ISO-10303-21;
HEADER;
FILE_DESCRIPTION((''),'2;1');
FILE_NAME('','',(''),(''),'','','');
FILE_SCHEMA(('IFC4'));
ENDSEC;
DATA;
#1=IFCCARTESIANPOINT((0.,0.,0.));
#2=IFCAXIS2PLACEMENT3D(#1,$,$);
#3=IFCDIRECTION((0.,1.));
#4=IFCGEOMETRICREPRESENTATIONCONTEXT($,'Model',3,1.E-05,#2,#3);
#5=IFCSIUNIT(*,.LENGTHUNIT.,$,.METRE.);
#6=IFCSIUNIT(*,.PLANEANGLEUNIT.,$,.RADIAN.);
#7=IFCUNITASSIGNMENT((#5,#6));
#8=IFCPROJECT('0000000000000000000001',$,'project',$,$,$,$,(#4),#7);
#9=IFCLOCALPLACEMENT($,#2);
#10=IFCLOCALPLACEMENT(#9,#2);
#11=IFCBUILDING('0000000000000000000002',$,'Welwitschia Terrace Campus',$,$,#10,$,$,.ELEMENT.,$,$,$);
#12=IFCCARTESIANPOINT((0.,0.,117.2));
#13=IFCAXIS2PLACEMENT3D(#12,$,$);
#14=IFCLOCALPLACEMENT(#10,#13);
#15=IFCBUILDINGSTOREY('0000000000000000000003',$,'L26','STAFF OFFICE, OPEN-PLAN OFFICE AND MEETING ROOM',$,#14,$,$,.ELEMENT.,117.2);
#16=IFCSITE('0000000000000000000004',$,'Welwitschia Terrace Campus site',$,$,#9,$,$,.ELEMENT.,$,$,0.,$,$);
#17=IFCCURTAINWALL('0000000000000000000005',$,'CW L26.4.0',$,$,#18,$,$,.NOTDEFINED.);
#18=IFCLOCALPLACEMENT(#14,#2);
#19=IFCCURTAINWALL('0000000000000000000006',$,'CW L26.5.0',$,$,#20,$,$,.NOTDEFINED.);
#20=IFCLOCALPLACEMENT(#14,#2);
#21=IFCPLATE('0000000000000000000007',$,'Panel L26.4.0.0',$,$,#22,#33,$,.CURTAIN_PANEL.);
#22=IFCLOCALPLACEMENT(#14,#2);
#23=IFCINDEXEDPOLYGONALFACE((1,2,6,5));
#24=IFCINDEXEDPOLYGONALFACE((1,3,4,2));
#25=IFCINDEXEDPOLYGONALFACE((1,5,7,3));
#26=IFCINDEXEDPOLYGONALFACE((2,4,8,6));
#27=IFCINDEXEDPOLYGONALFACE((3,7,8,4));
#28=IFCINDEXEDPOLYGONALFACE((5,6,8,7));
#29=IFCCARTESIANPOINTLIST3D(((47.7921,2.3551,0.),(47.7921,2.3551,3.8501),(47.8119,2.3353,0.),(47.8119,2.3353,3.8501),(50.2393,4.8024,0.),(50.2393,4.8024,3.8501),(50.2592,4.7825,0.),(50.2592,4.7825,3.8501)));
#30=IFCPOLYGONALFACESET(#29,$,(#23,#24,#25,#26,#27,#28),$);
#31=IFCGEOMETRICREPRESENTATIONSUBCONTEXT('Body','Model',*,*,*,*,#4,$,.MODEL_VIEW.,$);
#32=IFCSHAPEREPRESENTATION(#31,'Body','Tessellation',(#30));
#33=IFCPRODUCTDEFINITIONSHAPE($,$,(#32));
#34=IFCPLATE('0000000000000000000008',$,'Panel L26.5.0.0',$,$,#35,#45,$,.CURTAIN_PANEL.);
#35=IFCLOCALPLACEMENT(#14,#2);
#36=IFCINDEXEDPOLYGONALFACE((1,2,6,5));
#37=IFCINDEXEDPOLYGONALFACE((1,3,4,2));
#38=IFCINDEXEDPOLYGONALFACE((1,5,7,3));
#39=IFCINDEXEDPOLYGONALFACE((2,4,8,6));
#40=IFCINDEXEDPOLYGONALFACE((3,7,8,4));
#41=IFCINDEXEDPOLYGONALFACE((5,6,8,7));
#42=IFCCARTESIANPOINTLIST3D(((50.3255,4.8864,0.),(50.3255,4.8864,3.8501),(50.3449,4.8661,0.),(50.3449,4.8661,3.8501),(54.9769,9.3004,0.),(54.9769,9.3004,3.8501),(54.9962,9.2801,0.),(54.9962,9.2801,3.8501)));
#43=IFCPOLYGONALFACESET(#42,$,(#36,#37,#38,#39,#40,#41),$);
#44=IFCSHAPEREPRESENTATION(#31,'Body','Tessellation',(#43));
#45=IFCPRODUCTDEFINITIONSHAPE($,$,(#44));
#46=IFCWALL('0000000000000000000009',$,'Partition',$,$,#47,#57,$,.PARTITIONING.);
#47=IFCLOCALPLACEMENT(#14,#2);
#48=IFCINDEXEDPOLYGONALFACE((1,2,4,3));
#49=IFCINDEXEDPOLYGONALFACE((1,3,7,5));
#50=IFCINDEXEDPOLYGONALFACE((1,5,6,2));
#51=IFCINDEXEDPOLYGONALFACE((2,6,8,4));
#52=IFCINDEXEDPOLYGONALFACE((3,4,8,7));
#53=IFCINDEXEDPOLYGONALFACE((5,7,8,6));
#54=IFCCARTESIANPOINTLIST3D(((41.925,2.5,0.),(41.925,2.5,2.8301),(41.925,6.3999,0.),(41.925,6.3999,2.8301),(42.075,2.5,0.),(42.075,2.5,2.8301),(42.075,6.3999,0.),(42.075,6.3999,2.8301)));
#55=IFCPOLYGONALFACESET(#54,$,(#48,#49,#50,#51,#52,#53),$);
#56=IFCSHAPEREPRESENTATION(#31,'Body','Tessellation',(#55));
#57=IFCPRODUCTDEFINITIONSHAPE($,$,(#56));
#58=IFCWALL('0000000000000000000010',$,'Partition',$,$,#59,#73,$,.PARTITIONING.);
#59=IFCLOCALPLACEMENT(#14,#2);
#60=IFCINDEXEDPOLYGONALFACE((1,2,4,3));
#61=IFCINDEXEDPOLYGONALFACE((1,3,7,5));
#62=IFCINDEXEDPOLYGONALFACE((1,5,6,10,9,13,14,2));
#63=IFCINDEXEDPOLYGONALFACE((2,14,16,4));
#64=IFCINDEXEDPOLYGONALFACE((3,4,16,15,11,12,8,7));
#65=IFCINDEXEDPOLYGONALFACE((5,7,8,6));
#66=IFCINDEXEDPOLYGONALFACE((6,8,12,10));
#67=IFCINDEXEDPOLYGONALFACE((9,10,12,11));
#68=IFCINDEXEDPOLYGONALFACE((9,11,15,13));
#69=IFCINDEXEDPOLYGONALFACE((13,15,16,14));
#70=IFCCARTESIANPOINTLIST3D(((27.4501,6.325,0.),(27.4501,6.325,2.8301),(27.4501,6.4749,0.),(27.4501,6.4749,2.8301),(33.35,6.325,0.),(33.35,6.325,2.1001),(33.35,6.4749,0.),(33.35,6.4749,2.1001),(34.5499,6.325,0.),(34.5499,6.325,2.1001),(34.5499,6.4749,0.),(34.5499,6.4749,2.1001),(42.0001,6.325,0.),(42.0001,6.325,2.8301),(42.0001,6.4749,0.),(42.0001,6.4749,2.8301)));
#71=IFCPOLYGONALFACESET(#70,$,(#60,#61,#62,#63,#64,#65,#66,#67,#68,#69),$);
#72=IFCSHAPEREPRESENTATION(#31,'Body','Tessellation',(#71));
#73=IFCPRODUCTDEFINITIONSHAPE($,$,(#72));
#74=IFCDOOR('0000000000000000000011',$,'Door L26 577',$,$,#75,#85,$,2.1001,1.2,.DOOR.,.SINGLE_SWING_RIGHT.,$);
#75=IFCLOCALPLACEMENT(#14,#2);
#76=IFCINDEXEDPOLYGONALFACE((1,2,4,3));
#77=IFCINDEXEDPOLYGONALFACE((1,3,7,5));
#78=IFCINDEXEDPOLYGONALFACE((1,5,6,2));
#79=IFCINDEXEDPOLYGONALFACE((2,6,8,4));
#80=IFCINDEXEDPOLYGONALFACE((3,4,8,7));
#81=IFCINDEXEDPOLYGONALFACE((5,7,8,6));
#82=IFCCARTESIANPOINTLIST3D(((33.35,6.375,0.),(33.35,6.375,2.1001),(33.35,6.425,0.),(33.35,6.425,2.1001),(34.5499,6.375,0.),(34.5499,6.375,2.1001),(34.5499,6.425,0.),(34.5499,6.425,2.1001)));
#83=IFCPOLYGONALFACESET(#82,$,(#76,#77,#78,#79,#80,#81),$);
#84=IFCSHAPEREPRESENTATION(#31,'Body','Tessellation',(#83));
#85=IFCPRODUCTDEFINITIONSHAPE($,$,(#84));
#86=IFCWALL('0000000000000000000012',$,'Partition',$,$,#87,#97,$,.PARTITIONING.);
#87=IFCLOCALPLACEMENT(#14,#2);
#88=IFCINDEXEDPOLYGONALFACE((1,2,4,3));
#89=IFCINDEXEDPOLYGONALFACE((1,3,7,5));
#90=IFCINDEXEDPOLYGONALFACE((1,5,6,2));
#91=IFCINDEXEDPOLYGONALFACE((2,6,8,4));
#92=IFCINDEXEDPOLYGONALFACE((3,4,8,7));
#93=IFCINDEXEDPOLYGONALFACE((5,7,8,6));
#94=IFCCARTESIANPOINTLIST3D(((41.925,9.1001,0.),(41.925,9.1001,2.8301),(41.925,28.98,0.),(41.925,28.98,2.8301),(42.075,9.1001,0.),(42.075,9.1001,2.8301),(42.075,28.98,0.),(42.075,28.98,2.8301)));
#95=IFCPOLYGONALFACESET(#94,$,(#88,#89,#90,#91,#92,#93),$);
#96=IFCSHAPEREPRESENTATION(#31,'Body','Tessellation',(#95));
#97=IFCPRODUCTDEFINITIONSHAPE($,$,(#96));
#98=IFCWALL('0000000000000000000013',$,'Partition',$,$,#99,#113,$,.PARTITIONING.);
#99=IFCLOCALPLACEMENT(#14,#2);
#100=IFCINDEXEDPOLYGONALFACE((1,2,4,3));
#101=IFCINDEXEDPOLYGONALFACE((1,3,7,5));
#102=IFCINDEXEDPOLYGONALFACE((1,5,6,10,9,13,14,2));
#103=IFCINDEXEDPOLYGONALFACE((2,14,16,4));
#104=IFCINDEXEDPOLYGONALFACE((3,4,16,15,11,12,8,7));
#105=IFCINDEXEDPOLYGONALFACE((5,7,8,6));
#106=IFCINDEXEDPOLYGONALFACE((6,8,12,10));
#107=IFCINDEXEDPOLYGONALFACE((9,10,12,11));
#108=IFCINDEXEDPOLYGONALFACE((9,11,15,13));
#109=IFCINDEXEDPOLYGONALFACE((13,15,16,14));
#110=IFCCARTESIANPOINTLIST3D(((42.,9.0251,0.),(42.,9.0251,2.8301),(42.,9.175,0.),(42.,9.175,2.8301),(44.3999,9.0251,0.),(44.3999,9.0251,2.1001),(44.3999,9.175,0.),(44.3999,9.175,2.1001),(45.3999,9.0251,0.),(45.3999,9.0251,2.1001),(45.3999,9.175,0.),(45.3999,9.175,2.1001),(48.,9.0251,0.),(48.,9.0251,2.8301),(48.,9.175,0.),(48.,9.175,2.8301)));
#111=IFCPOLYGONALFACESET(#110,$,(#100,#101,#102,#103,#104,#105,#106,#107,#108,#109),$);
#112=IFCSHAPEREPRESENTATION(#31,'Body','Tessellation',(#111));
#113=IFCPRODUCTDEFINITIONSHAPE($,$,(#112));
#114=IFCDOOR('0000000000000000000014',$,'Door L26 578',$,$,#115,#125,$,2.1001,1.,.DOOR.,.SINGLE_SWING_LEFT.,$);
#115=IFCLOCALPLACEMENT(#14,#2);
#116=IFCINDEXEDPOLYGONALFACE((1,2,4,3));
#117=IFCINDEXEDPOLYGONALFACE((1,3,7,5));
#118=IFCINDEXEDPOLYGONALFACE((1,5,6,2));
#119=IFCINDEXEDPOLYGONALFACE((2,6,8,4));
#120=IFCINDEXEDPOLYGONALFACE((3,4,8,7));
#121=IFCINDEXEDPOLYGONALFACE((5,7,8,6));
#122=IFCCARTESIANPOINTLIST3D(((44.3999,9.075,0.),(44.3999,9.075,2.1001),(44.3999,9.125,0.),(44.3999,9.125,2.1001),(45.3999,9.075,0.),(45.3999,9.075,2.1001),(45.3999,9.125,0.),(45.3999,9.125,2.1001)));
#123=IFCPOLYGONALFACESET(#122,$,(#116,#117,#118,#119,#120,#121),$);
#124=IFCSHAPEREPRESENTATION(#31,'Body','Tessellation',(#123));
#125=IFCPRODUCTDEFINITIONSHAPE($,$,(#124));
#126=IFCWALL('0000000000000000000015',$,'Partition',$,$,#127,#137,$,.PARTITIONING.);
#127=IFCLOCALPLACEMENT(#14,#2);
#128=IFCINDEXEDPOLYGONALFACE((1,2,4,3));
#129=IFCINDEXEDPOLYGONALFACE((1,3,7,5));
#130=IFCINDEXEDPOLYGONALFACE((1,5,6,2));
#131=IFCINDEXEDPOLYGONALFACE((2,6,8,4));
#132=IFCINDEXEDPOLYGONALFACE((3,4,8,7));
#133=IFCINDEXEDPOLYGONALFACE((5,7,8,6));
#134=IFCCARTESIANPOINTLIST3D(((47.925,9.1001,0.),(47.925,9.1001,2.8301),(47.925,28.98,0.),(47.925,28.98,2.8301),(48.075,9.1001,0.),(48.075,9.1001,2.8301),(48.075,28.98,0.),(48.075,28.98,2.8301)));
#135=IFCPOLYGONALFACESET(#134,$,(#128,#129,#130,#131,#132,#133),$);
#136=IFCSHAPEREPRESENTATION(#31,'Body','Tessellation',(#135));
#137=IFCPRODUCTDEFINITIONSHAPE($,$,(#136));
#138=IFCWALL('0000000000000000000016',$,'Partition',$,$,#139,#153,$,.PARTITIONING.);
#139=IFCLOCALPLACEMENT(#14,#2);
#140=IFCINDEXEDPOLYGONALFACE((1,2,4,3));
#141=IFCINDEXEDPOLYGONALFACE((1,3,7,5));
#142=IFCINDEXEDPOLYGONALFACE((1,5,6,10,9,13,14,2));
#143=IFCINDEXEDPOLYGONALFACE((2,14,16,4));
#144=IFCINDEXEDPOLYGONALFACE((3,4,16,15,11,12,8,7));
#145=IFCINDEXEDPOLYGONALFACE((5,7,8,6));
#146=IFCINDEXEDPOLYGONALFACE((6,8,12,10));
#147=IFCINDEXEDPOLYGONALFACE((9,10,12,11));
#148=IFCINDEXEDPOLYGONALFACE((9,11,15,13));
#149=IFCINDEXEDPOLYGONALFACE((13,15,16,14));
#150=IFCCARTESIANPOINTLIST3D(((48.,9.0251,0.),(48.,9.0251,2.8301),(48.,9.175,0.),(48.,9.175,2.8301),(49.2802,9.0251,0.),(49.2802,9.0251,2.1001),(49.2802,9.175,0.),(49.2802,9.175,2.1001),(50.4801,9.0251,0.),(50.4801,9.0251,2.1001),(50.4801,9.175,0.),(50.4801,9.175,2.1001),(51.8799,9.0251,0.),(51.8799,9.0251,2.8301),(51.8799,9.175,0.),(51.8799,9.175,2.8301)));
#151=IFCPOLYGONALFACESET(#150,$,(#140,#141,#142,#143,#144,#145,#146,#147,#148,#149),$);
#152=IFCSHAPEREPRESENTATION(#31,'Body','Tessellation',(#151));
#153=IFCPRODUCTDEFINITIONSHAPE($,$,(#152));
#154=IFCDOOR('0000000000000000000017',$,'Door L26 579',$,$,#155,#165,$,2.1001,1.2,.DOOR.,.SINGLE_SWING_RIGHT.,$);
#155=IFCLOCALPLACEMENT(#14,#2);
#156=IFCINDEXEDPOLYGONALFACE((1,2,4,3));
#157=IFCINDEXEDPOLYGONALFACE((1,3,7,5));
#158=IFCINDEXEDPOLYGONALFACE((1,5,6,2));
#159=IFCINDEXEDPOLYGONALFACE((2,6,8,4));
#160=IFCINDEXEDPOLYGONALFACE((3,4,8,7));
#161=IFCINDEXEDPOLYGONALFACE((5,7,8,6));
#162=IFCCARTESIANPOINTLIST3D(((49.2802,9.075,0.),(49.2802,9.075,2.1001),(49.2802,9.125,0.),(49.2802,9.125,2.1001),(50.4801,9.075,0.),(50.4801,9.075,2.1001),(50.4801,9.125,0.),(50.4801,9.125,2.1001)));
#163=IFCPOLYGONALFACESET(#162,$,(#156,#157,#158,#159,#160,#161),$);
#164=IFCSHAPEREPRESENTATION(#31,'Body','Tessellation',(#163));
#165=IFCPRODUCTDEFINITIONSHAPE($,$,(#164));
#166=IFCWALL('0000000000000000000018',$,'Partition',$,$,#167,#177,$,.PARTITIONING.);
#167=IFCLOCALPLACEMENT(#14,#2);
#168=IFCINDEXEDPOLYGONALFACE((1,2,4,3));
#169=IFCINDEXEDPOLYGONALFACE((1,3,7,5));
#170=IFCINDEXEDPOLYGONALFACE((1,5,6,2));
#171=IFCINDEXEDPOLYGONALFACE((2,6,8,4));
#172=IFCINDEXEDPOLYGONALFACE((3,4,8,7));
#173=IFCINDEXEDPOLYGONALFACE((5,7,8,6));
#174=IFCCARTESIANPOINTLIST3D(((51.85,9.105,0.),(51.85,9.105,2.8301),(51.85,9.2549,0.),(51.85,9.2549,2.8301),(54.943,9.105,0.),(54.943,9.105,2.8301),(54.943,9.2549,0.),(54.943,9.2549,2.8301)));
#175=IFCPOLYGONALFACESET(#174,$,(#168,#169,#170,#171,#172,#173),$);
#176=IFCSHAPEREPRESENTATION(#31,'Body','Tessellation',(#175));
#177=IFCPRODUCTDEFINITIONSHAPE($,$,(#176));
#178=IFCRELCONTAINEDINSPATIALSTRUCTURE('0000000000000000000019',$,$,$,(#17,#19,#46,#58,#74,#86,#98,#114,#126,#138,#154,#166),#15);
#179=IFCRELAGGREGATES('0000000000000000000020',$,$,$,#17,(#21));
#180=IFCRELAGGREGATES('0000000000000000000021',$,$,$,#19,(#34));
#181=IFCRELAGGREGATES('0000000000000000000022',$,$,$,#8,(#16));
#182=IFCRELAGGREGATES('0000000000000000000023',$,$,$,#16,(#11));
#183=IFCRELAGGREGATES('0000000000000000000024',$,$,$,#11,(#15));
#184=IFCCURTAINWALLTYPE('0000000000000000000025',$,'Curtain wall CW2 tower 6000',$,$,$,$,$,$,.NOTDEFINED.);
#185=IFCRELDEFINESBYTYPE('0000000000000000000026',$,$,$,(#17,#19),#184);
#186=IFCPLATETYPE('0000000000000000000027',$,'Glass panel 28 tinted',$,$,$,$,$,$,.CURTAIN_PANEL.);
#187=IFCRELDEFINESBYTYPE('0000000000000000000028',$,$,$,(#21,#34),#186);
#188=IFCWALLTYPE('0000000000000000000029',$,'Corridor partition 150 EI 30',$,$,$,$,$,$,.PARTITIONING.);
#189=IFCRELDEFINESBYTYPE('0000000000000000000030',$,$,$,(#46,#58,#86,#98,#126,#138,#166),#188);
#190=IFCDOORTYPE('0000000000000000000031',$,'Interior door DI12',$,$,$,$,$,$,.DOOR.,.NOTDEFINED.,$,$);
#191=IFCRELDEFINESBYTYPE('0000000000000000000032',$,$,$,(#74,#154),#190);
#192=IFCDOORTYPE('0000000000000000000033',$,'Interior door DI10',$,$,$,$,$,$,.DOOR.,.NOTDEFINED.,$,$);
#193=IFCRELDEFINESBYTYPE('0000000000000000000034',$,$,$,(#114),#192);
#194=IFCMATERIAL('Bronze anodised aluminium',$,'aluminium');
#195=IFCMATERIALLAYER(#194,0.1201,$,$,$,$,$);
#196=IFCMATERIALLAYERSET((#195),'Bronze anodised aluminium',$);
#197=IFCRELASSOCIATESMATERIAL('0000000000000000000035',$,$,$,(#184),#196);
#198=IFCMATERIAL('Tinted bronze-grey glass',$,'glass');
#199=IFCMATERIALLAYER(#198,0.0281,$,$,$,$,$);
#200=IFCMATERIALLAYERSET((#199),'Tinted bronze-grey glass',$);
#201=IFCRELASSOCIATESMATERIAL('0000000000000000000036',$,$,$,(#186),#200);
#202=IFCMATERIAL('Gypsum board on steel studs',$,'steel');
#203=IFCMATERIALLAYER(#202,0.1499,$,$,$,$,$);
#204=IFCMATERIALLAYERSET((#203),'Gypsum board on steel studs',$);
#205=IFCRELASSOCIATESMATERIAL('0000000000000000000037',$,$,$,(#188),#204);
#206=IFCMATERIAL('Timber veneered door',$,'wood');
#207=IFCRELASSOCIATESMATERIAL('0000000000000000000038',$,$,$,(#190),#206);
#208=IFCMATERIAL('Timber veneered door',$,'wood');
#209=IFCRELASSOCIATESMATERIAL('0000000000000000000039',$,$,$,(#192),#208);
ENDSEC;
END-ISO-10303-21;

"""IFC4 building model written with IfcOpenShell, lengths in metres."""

from ifc_helpers import new_model, si_unit, direction, frame, frame_2d, origin, origin_2d, place, context, subcontext, project, spatial, rectangle, extrude, material, layer, layer_set, type_object, element, fill, aggregate, save


model = new_model("IFC4")

# Units and contexts
model_context = context("Model", 3, precision=1e-05, world=origin(), true_north=direction((0.0, 1.0)))
body_context = subcontext(model_context, "Body", "Model", "MODEL_VIEW")
ifc_project = project(units=[si_unit("LENGTHUNIT", "METRE"), si_unit("PLANEANGLEUNIT", "RADIAN")], contexts=[model_context])

# Site, building, storey
site_placement = place(None, origin())
site = spatial("IfcSite", under=ifc_project, at=site_placement, Name="Welwitschia Terrace Campus site", CompositionType="ELEMENT", RefElevation=0.0)
building_placement = place(site_placement, origin())
building = spatial("IfcBuilding", under=site, at=building_placement, Name="Welwitschia Terrace Campus", CompositionType="ELEMENT")
storey_placement = place(building_placement, frame((0.0, 0.0, 117.2)))
storey = spatial("IfcBuildingStorey", under=building, at=storey_placement, Name="L26", Description="STAFF OFFICE, OPEN-PLAN OFFICE AND MEETING ROOM", CompositionType="ELEMENT", Elevation=117.2)

# Shared definitions
ifc_material_1 = material(Name="Bronze anodised aluminium", Category="aluminium")
ifc_layer_1 = layer(ifc_material_1, 0.1201)
ifc_layer_set_1 = layer_set([ifc_layer_1], Name="Bronze anodised aluminium")
curtain_wall_type = type_object("IfcCurtainWallType", Name="Curtain wall CW2 tower 6000", PredefinedType="NOTDEFINED", material=ifc_layer_set_1)

# Curtain wall
curtain_wall_1_placement = place(storey_placement, origin())
curtain_wall_1 = element("IfcCurtainWall", 1, at=curtain_wall_1_placement, inside=storey, type_object=curtain_wall_type, Name="CW L26.4.0", PredefinedType="NOTDEFINED")

# Curtain wall
curtain_wall_2_placement = place(storey_placement, origin())
curtain_wall_2 = element("IfcCurtainWall", 2, at=curtain_wall_2_placement, inside=storey, type_object=curtain_wall_type, Name="CW L26.5.0", PredefinedType="NOTDEFINED")

# Plates
ifc_material_2 = material(Name="Tinted bronze-grey glass", Category="glass")
ifc_layer_2 = layer(ifc_material_2, 0.0281)
ifc_layer_set_2 = layer_set([ifc_layer_2], Name="Tinted bronze-grey glass")
plate_type = type_object("IfcPlateType", Name="Glass panel 28 tinted", PredefinedType="CURTAIN_PANEL", material=ifc_layer_set_2)
plate_1_placement = place(storey_placement, frame((49.0256, 3.5688, 0.0), z_axis=(0.0, 0.0, 1.0), x_axis=(0.707107, 0.707107, 0.0)))
plate_1 = element("IfcPlate", 3, at=plate_1_placement, type_object=plate_type, Name="Panel L26.4.0.0", PredefinedType="CURTAIN_PANEL", context=body_context, shape_type="SweptSolid", body=[
    extrude(rectangle(XDim=3.4609, YDim=0.0281, at=origin_2d()), origin(), (0.0, 0.0, 1.0), 3.8501),
])
aggregate(curtain_wall_1, [plate_1])
plate_2_placement = place(storey_placement, frame((52.6609, 7.0833, 0.0), z_axis=(0.0, 0.0, 1.0), x_axis=(0.725374, 0.688355, 0.0)))
plate_2 = element("IfcPlate", 4, at=plate_2_placement, type_object=plate_type, Name="Panel L26.5.0.0", PredefinedType="CURTAIN_PANEL", context=body_context, shape_type="SweptSolid", body=[
    extrude(rectangle(XDim=6.4124, YDim=0.0281, at=origin_2d()), origin(), (0.0, 0.0, 1.0), 3.8501),
])
aggregate(curtain_wall_2, [plate_2])

# Wall
ifc_material_3 = material(Name="Gypsum board on steel studs", Category="steel")
ifc_layer_3 = layer(ifc_material_3, 0.1499)
ifc_layer_set_3 = layer_set([ifc_layer_3], Name="Gypsum board on steel studs")
wall_type = type_object("IfcWallType", Name="Corridor partition 150 EI 30", PredefinedType="PARTITIONING", material=ifc_layer_set_3)
wall_1_placement = place(storey_placement, frame((42.0, 2.5, 0.0), z_axis=(0.0, 0.0, 1.0), x_axis=(0.0, 1.0, 0.0)))
element("IfcWall", 5, at=wall_1_placement, inside=storey, type_object=wall_type, Name="Partition", PredefinedType="PARTITIONING", context=body_context, shape_type="SweptSolid", body=[
    extrude(rectangle(XDim=3.8999, YDim=0.1499, at=frame_2d((1.95, 0.0))), origin(), (0.0, 0.0, 1.0), 2.8301),
])

# Wall, opening, door
wall_2_placement = place(storey_placement, frame((42.0, 6.3999, 0.0), z_axis=(0.0, 0.0, 1.0), x_axis=(-1.0, 0.0, 0.0)))
wall_2 = element("IfcWall", 6, at=wall_2_placement, inside=storey, type_object=wall_type, Name="Partition", PredefinedType="PARTITIONING", context=body_context, shape_type="SweptSolid", body=[
    extrude(rectangle(XDim=14.55, YDim=0.1499, at=frame_2d((7.2749, 0.0))), origin(), (0.0, 0.0, 1.0), 2.8301),
])
opening_1_placement = place(wall_2_placement, frame((7.45, 0.0, 0.0)))
opening_1 = element("IfcOpeningElement", 7, at=opening_1_placement, cuts=wall_2, PredefinedType="OPENING", context=body_context, shape_type="SweptSolid", body=[
    extrude(rectangle(XDim=1.2, YDim=2.1001, at=frame_2d((0.6001, 1.05))), frame((0.0, 0.085, 0.0), z_axis=(0.0, -1.0, 0.0), x_axis=(1.0, 0.0, 0.0)), (0.0, 0.0, 1.0), 0.1699),
])
ifc_material_4 = material(Name="Timber veneered door", Category="wood")
door_type_1 = type_object("IfcDoorType", Name="Interior door DI12", OperationType="NOTDEFINED", PredefinedType="DOOR", material=ifc_material_4)
door_1_placement = place(opening_1_placement, origin())
door_1 = element("IfcDoor", 8, at=door_1_placement, inside=storey, type_object=door_type_1, Name="Door L26 577", OperationType="SINGLE_SWING_RIGHT", OverallHeight=2.1001, OverallWidth=1.2, PredefinedType="DOOR", context=body_context, shape_type="SweptSolid", body=[
    extrude(rectangle(XDim=1.2, YDim=2.1001, at=frame_2d((0.6001, 1.05))), frame((0.0, 0.0249, 0.0), z_axis=(0.0, -1.0, 0.0), x_axis=(1.0, 0.0, 0.0)), (0.0, 0.0, 1.0), 0.05),
])
fill(opening_1, door_1)

# Wall
wall_3_placement = place(storey_placement, frame((42.0, 9.1001, 0.0), z_axis=(0.0, 0.0, 1.0), x_axis=(0.0, 1.0, 0.0)))
element("IfcWall", 9, at=wall_3_placement, inside=storey, type_object=wall_type, Name="Partition", PredefinedType="PARTITIONING", context=body_context, shape_type="SweptSolid", body=[
    extrude(rectangle(XDim=19.8799, YDim=0.1499, at=frame_2d((9.9399, 0.0))), origin(), (0.0, 0.0, 1.0), 2.8301),
])

# Wall, opening, door
wall_4_placement = place(storey_placement, frame((42.0, 9.1001, 0.0), z_axis=(0.0, 0.0, 1.0), x_axis=(1.0, 0.0, 0.0)))
wall_4 = element("IfcWall", 10, at=wall_4_placement, inside=storey, type_object=wall_type, Name="Partition", PredefinedType="PARTITIONING", context=body_context, shape_type="SweptSolid", body=[
    extrude(rectangle(XDim=6.0, YDim=0.1499, at=frame_2d((3.0, 0.0))), origin(), (0.0, 0.0, 1.0), 2.8301),
])
opening_2_placement = place(wall_4_placement, frame((2.3999, 0.0, 0.0)))
opening_2 = element("IfcOpeningElement", 11, at=opening_2_placement, cuts=wall_4, PredefinedType="OPENING", context=body_context, shape_type="SweptSolid", body=[
    extrude(rectangle(XDim=1.0, YDim=2.1001, at=frame_2d((0.5, 1.05))), frame((0.0, 0.085, 0.0), z_axis=(0.0, -1.0, 0.0), x_axis=(1.0, 0.0, 0.0)), (0.0, 0.0, 1.0), 0.1699),
])
ifc_material_5 = material(Name="Timber veneered door", Category="wood")
door_type_2 = type_object("IfcDoorType", Name="Interior door DI10", OperationType="NOTDEFINED", PredefinedType="DOOR", material=ifc_material_5)
door_2_placement = place(opening_2_placement, origin())
door_2 = element("IfcDoor", 12, at=door_2_placement, inside=storey, type_object=door_type_2, Name="Door L26 578", OperationType="SINGLE_SWING_LEFT", OverallHeight=2.1001, OverallWidth=1.0, PredefinedType="DOOR", context=body_context, shape_type="SweptSolid", body=[
    extrude(rectangle(XDim=1.0, YDim=2.1001, at=frame_2d((0.5, 1.05))), frame((0.0, 0.0249, 0.0), z_axis=(0.0, -1.0, 0.0), x_axis=(1.0, 0.0, 0.0)), (0.0, 0.0, 1.0), 0.05),
])
fill(opening_2, door_2)

# Wall
wall_5_placement = place(storey_placement, frame((48.0, 9.1001, 0.0), z_axis=(0.0, 0.0, 1.0), x_axis=(0.0, 1.0, 0.0)))
element("IfcWall", 13, at=wall_5_placement, inside=storey, type_object=wall_type, Name="Partition", PredefinedType="PARTITIONING", context=body_context, shape_type="SweptSolid", body=[
    extrude(rectangle(XDim=19.8799, YDim=0.1499, at=frame_2d((9.9399, 0.0))), origin(), (0.0, 0.0, 1.0), 2.8301),
])

# Wall, opening, door
wall_6_placement = place(storey_placement, frame((48.0, 9.1001, 0.0), z_axis=(0.0, 0.0, 1.0), x_axis=(1.0, 0.0, 0.0)))
wall_6 = element("IfcWall", 14, at=wall_6_placement, inside=storey, type_object=wall_type, Name="Partition", PredefinedType="PARTITIONING", context=body_context, shape_type="SweptSolid", body=[
    extrude(rectangle(XDim=3.8799, YDim=0.1499, at=frame_2d((1.9399, 0.0))), origin(), (0.0, 0.0, 1.0), 2.8301),
])
opening_3_placement = place(wall_6_placement, frame((1.28, 0.0, 0.0)))
opening_3 = element("IfcOpeningElement", 15, at=opening_3_placement, cuts=wall_6, PredefinedType="OPENING", context=body_context, shape_type="SweptSolid", body=[
    extrude(rectangle(XDim=1.2, YDim=2.1001, at=frame_2d((0.6001, 1.05))), frame((0.0, 0.085, 0.0), z_axis=(0.0, -1.0, 0.0), x_axis=(1.0, 0.0, 0.0)), (0.0, 0.0, 1.0), 0.1699),
])
door_3_placement = place(opening_3_placement, origin())
door_3 = element("IfcDoor", 16, at=door_3_placement, inside=storey, type_object=door_type_1, Name="Door L26 579", OperationType="SINGLE_SWING_RIGHT", OverallHeight=2.1001, OverallWidth=1.2, PredefinedType="DOOR", context=body_context, shape_type="SweptSolid", body=[
    extrude(rectangle(XDim=1.2, YDim=2.1001, at=frame_2d((0.6001, 1.05))), frame((0.0, 0.0249, 0.0), z_axis=(0.0, -1.0, 0.0), x_axis=(1.0, 0.0, 0.0)), (0.0, 0.0, 1.0), 0.05),
])
fill(opening_3, door_3)

# Wall
wall_7_placement = place(storey_placement, frame((51.8501, 9.1799, 0.0), z_axis=(0.0, 0.0, 1.0), x_axis=(1.0, 0.0, 0.0)))
element("IfcWall", 17, at=wall_7_placement, inside=storey, type_object=wall_type, Name="Partition", PredefinedType="PARTITIONING", context=body_context, shape_type="SweptSolid", body=[
    extrude(rectangle(XDim=3.093, YDim=0.1499, at=frame_2d((1.5464, 0.0))), origin(), (0.0, 0.0, 1.0), 2.8301),
])

save(model, "model.ifc")
